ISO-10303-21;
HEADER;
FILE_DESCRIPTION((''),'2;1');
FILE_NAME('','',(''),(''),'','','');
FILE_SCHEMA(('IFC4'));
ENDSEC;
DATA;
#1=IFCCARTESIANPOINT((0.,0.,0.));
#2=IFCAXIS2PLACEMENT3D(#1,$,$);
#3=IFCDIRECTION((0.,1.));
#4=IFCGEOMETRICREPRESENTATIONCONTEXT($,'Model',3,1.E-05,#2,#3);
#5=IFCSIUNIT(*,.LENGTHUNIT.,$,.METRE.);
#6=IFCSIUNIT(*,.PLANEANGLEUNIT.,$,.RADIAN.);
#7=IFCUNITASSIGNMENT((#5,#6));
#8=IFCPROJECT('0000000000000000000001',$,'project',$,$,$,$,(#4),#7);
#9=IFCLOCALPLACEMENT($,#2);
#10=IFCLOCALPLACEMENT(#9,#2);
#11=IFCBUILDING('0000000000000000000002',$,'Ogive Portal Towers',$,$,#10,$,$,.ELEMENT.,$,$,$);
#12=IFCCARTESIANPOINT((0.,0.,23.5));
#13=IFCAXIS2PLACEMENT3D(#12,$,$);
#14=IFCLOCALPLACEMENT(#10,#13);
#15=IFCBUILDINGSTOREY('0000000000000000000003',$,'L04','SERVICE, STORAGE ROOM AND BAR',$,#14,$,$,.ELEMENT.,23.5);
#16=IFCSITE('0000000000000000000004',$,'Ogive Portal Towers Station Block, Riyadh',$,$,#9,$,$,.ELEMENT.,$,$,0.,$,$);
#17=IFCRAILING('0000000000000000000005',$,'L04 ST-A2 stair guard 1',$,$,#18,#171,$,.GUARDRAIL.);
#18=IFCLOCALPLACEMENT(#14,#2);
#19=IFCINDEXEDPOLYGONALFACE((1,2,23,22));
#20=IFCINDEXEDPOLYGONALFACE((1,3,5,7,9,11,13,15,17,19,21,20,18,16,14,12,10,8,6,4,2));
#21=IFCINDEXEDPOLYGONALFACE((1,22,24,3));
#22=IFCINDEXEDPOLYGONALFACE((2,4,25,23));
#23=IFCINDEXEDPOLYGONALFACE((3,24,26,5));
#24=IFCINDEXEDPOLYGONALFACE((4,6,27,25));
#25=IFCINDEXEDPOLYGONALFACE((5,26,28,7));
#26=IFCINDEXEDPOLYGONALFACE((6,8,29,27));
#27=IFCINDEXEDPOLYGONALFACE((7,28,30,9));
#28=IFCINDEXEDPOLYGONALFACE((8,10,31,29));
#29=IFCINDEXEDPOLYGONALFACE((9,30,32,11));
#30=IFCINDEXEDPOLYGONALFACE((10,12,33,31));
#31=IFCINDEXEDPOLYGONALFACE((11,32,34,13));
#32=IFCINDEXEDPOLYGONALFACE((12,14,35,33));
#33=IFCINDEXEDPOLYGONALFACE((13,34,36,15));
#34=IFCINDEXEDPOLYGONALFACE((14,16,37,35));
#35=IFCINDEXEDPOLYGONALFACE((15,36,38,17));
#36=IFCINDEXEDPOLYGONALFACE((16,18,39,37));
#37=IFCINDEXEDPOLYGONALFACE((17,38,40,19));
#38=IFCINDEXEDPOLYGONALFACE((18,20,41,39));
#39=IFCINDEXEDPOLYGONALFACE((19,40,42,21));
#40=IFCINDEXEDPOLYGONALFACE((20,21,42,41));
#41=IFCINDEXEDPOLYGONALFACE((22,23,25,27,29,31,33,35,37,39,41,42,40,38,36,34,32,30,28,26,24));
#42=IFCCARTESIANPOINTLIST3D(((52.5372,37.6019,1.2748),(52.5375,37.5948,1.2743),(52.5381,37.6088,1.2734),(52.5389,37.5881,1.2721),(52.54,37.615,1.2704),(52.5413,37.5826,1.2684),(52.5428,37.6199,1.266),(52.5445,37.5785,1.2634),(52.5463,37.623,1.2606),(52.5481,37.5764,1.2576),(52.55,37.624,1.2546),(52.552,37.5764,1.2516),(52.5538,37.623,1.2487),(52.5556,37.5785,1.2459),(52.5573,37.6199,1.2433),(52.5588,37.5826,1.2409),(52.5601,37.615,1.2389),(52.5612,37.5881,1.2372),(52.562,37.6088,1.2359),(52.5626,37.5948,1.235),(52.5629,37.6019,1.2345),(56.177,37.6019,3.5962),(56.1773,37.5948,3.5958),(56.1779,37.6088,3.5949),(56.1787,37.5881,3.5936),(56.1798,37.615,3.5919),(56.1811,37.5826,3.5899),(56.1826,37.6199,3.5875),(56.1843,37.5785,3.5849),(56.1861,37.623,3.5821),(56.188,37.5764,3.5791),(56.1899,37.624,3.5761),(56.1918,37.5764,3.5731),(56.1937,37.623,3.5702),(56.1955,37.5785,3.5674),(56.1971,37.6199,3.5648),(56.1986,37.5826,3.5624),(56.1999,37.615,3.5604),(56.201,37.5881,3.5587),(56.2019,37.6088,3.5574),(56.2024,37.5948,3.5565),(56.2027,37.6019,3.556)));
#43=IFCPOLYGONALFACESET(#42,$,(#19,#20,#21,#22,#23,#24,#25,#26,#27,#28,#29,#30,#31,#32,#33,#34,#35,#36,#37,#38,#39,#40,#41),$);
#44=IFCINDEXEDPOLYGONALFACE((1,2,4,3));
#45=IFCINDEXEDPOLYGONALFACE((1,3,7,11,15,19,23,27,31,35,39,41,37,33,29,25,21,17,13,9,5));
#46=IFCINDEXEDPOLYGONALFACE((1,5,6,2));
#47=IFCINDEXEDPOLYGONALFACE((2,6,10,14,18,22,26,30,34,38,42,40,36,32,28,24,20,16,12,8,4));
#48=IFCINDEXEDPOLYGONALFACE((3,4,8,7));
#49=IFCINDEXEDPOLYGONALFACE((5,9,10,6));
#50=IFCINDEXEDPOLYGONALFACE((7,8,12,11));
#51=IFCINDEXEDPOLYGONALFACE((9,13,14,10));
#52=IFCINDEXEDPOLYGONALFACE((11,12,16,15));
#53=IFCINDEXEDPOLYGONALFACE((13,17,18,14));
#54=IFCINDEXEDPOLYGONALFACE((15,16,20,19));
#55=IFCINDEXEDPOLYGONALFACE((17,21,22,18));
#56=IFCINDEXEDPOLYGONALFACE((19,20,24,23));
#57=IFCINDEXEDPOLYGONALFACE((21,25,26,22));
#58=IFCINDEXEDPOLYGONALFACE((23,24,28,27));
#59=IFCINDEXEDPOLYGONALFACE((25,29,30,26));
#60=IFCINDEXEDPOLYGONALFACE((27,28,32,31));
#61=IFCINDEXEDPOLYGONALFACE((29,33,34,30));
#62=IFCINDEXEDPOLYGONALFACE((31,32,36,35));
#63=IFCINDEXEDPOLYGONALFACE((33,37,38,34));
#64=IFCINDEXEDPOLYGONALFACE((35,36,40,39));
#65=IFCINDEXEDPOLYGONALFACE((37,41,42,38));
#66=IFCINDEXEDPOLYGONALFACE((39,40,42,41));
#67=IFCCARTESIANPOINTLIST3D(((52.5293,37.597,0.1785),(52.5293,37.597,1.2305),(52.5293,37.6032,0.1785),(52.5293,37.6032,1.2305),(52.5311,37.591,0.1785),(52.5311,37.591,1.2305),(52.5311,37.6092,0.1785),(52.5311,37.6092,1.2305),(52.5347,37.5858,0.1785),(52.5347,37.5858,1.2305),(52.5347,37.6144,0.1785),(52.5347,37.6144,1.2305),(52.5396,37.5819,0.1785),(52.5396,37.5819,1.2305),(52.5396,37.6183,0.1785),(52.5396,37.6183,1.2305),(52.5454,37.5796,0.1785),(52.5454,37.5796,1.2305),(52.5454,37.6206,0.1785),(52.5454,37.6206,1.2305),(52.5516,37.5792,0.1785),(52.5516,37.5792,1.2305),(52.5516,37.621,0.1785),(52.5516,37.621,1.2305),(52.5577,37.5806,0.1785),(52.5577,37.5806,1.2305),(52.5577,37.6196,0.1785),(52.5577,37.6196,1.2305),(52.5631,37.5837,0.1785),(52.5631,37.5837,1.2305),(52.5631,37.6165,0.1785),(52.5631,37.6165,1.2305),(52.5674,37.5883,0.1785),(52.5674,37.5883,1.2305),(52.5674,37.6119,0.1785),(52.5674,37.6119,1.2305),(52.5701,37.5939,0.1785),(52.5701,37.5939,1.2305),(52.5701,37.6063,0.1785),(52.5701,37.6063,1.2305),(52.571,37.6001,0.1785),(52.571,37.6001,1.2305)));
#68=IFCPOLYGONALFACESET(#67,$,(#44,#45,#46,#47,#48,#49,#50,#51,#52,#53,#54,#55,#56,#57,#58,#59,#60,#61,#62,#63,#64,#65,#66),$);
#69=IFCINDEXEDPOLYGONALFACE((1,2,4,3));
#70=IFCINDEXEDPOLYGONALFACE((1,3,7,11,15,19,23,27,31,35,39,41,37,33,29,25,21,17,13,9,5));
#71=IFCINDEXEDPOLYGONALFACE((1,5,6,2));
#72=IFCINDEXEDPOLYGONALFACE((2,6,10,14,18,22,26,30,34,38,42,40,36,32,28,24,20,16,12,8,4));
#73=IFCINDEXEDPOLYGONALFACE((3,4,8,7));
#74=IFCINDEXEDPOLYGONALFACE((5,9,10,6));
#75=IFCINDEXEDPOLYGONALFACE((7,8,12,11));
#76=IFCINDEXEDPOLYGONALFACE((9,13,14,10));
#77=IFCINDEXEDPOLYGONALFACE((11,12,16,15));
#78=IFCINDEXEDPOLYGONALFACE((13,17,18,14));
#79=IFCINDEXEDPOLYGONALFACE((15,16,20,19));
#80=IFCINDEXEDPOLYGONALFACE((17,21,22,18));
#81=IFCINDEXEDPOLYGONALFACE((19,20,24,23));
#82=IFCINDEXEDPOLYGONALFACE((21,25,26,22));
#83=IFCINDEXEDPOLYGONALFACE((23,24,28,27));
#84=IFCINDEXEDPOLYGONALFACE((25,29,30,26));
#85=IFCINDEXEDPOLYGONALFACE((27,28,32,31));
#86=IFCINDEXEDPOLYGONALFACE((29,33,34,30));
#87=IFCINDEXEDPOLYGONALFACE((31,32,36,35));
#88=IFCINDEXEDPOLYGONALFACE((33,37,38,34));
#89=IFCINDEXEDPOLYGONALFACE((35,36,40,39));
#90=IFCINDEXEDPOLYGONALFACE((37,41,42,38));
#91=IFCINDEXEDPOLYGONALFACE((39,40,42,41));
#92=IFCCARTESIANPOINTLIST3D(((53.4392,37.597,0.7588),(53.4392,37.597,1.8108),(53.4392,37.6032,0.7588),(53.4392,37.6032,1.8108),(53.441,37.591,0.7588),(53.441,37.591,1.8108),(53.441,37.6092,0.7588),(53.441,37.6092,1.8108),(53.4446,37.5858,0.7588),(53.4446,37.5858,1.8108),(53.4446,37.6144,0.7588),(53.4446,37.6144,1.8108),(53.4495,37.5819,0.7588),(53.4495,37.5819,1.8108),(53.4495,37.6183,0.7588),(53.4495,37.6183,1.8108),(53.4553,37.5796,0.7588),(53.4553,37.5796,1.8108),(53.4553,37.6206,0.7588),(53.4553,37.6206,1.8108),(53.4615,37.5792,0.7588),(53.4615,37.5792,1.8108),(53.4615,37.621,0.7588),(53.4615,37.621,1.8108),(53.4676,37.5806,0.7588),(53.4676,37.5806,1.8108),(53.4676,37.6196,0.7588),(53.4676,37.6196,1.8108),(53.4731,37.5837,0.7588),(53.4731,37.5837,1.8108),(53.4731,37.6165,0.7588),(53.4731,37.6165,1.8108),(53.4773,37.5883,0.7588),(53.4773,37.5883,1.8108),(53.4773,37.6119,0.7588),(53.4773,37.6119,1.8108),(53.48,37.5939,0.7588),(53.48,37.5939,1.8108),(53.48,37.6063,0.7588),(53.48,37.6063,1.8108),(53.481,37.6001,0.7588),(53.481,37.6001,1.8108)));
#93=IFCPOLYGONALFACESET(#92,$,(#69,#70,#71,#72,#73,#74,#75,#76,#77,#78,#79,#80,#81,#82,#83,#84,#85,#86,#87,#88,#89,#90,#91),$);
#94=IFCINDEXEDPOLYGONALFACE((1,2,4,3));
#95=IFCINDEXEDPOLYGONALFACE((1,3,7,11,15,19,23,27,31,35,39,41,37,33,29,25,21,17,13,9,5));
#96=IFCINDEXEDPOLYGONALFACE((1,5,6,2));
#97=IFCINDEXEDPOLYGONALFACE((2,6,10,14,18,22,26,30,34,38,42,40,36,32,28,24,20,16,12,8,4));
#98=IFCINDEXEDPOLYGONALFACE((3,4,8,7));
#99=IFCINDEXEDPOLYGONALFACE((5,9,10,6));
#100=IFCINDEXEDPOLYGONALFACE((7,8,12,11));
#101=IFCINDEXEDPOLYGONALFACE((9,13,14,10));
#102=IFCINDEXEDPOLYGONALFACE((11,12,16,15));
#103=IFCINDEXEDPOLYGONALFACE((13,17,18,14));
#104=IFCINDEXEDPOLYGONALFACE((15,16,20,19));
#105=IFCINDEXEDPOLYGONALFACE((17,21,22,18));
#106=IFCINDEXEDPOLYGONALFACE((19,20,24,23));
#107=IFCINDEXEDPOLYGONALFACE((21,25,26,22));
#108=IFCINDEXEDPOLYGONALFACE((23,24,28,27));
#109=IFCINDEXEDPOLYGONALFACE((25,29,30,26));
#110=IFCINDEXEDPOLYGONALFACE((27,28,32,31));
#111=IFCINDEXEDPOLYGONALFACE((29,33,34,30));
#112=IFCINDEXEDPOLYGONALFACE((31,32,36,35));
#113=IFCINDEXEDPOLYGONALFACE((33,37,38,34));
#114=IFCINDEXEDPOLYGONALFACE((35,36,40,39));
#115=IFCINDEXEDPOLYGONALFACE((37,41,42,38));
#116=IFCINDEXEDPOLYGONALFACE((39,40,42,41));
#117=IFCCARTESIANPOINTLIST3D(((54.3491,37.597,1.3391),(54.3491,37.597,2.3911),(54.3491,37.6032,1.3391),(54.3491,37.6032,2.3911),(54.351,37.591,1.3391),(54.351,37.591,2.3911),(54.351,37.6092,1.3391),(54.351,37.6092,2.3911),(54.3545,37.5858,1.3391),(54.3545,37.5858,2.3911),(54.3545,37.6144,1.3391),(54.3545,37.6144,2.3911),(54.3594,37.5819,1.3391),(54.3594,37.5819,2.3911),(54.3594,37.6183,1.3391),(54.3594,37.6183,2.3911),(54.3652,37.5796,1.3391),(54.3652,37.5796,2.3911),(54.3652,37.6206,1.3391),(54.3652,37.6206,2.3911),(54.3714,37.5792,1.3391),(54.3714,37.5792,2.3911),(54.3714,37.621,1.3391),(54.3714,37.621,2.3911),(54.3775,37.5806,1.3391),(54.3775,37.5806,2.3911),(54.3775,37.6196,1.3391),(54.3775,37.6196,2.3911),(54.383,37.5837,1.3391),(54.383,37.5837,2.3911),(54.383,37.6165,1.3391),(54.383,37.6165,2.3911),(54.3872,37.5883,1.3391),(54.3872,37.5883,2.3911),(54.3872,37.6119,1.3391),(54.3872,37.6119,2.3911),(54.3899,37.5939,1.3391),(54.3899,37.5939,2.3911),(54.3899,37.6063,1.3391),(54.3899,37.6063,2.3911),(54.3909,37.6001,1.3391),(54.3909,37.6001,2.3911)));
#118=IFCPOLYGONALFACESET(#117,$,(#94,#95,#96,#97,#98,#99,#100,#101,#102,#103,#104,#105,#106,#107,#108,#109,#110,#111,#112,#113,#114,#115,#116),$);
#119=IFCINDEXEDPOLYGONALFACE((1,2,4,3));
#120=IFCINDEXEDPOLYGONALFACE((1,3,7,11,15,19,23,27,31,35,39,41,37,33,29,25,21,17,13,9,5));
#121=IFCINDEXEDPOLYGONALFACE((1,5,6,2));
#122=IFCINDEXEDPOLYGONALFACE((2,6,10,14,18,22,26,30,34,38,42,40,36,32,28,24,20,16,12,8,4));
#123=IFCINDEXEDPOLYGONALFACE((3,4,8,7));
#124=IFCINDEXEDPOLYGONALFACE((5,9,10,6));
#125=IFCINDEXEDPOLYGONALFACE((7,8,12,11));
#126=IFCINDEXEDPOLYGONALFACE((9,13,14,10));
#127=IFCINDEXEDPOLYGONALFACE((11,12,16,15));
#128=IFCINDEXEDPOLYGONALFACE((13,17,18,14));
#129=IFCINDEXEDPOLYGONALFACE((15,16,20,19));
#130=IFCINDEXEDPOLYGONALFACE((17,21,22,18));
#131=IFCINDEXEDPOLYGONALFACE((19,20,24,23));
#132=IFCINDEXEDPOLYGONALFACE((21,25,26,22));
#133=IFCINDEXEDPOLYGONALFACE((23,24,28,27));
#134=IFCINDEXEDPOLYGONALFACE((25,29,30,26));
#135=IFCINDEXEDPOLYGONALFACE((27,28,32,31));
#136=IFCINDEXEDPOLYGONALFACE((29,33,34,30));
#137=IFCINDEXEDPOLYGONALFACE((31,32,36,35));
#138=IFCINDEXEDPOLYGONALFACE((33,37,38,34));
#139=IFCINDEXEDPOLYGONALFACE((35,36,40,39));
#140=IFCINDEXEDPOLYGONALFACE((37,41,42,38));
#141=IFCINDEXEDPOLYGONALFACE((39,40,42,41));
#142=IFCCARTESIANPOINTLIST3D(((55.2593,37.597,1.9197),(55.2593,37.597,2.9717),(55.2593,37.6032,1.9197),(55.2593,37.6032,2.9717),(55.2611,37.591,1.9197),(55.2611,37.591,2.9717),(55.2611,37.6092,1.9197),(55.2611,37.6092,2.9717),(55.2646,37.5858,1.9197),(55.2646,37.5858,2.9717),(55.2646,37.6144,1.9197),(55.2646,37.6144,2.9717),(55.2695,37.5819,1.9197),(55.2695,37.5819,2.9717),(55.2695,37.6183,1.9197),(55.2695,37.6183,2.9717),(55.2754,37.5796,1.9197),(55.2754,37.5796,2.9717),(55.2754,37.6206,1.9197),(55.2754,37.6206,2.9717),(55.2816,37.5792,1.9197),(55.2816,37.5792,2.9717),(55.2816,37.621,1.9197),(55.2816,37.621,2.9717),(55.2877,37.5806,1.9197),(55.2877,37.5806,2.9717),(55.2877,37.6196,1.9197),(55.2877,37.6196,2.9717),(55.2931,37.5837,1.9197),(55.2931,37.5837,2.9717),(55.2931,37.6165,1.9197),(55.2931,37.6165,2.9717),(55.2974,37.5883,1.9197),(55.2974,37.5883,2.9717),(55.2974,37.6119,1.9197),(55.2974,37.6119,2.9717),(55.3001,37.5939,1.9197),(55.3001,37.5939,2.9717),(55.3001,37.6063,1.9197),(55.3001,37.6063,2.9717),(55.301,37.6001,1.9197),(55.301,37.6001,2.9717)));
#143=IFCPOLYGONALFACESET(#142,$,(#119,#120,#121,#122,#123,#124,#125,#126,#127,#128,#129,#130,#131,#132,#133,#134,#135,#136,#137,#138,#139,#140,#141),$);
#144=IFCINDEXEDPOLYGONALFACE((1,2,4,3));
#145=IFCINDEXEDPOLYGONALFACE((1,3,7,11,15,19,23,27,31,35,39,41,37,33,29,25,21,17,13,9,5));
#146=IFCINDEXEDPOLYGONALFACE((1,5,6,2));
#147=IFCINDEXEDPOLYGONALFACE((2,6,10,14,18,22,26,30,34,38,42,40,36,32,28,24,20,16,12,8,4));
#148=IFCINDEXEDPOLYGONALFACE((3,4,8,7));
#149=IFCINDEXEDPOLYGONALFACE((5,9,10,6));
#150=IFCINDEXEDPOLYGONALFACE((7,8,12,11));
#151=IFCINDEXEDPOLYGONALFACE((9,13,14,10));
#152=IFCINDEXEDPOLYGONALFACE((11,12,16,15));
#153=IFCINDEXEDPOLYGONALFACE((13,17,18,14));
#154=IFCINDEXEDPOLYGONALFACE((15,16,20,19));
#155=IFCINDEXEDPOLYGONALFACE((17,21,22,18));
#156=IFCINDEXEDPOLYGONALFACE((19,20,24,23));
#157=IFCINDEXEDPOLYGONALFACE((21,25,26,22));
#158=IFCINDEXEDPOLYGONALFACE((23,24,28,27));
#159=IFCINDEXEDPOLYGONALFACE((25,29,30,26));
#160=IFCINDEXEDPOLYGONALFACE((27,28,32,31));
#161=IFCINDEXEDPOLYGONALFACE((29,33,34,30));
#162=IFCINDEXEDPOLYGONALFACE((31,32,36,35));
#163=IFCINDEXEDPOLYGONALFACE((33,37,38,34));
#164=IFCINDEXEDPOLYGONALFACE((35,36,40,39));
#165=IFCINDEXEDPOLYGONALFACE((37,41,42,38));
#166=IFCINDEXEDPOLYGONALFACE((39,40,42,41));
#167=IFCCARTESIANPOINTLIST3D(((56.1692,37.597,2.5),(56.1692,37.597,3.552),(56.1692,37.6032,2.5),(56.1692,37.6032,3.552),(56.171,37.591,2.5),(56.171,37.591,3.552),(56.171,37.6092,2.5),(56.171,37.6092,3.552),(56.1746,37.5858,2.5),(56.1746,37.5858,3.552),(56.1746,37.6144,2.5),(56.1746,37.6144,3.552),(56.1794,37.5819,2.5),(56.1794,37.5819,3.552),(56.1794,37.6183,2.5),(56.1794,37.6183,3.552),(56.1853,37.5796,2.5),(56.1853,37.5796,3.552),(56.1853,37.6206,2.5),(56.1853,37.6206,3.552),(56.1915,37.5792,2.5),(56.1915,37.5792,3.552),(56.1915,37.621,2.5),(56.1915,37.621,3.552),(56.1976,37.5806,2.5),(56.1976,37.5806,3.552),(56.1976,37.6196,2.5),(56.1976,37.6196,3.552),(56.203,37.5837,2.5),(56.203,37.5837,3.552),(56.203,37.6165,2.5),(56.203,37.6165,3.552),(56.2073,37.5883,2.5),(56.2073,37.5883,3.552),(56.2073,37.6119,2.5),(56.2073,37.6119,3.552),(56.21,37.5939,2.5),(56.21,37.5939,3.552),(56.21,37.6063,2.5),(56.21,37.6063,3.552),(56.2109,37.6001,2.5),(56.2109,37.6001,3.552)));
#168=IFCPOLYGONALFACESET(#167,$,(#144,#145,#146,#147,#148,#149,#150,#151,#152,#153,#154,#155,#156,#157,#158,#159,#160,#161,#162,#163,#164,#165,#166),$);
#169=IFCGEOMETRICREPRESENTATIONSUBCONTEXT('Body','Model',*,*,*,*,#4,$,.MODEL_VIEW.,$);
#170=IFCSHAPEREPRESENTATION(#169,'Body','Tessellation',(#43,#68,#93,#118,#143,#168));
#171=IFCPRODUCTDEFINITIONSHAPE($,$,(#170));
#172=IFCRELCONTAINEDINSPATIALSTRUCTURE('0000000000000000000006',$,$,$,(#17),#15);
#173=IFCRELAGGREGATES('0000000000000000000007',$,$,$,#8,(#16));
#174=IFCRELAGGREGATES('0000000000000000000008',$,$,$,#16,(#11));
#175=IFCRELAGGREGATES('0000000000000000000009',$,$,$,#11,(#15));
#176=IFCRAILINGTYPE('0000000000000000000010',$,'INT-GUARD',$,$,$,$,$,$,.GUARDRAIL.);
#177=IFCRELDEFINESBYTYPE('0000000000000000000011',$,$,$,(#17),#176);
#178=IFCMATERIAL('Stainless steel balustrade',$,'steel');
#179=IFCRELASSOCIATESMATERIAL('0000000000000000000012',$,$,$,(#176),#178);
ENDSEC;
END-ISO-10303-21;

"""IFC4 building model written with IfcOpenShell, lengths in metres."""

from ifc_helpers import new_model, si_unit, direction, frame, origin, origin_2d, place, context, subcontext, project, spatial, circle, extrude, material, type_object, element, save


model = new_model("IFC4")

# Units and contexts
model_context = context("Model", 3, precision=1e-05, world=origin(), true_north=direction((0.0, 1.0)))
body_context = subcontext(model_context, "Body", "Model", "MODEL_VIEW")
ifc_project = project(units=[si_unit("LENGTHUNIT", "METRE"), si_unit("PLANEANGLEUNIT", "RADIAN")], contexts=[model_context])

# Site, building, storey
site_placement = place(None, origin())
site = spatial("IfcSite", under=ifc_project, at=site_placement, Name="Ogive Portal Towers Station Block, Riyadh", CompositionType="ELEMENT", RefElevation=0.0)
building_placement = place(site_placement, origin())
building = spatial("IfcBuilding", under=site, at=building_placement, Name="Ogive Portal Towers", CompositionType="ELEMENT")
storey_placement = place(building_placement, frame((0.0, 0.0, 23.5)))
storey = spatial("IfcBuildingStorey", under=building, at=storey_placement, Name="L04", Description="SERVICE, STORAGE ROOM AND BAR", CompositionType="ELEMENT", Elevation=23.5)

# Railing
ifc_material_1 = material(Name="Stainless steel balustrade", Category="steel")
railing_type_1 = type_object("IfcRailingType", Name="INT-GUARD", PredefinedType="GUARDRAIL", material=ifc_material_1)
railing_1_placement = place(storey_placement, frame((52.55, 37.6001, 0.1785)))
element("IfcRailing", 1, at=railing_1_placement, inside=storey, type_object=railing_type_1, Name="L04 ST-A2 stair guard 1", PredefinedType="GUARDRAIL", context=body_context, shape_type="SweptSolid", body=[
    extrude(circle(Radius=0.0239, at=origin_2d()), frame((0.0, 0.0, 1.0762), z_axis=(0.843112, 0.0, 0.537739), x_axis=(0.0, 1.0, 0.0)), (0.0, 0.0, 1.0), 4.3171),
    extrude(circle(Radius=0.021, at=origin_2d()), origin(), (0.0, 0.0, 1.0), 1.052),
    extrude(circle(Radius=0.021, at=origin_2d()), frame((0.9099, 0.0, 0.5803)), (0.0, 0.0, 1.0), 1.052),
    extrude(circle(Radius=0.021, at=origin_2d()), frame((1.8198, 0.0, 1.1606)), (0.0, 0.0, 1.0), 1.052),
    extrude(circle(Radius=0.021, at=origin_2d()), frame((2.73, 0.0, 1.7412)), (0.0, 0.0, 1.0), 1.052),
    extrude(circle(Radius=0.021, at=origin_2d()), frame((3.6399, 0.0, 2.3215)), (0.0, 0.0, 1.0), 1.052),
])

save(model, "model.ifc")
